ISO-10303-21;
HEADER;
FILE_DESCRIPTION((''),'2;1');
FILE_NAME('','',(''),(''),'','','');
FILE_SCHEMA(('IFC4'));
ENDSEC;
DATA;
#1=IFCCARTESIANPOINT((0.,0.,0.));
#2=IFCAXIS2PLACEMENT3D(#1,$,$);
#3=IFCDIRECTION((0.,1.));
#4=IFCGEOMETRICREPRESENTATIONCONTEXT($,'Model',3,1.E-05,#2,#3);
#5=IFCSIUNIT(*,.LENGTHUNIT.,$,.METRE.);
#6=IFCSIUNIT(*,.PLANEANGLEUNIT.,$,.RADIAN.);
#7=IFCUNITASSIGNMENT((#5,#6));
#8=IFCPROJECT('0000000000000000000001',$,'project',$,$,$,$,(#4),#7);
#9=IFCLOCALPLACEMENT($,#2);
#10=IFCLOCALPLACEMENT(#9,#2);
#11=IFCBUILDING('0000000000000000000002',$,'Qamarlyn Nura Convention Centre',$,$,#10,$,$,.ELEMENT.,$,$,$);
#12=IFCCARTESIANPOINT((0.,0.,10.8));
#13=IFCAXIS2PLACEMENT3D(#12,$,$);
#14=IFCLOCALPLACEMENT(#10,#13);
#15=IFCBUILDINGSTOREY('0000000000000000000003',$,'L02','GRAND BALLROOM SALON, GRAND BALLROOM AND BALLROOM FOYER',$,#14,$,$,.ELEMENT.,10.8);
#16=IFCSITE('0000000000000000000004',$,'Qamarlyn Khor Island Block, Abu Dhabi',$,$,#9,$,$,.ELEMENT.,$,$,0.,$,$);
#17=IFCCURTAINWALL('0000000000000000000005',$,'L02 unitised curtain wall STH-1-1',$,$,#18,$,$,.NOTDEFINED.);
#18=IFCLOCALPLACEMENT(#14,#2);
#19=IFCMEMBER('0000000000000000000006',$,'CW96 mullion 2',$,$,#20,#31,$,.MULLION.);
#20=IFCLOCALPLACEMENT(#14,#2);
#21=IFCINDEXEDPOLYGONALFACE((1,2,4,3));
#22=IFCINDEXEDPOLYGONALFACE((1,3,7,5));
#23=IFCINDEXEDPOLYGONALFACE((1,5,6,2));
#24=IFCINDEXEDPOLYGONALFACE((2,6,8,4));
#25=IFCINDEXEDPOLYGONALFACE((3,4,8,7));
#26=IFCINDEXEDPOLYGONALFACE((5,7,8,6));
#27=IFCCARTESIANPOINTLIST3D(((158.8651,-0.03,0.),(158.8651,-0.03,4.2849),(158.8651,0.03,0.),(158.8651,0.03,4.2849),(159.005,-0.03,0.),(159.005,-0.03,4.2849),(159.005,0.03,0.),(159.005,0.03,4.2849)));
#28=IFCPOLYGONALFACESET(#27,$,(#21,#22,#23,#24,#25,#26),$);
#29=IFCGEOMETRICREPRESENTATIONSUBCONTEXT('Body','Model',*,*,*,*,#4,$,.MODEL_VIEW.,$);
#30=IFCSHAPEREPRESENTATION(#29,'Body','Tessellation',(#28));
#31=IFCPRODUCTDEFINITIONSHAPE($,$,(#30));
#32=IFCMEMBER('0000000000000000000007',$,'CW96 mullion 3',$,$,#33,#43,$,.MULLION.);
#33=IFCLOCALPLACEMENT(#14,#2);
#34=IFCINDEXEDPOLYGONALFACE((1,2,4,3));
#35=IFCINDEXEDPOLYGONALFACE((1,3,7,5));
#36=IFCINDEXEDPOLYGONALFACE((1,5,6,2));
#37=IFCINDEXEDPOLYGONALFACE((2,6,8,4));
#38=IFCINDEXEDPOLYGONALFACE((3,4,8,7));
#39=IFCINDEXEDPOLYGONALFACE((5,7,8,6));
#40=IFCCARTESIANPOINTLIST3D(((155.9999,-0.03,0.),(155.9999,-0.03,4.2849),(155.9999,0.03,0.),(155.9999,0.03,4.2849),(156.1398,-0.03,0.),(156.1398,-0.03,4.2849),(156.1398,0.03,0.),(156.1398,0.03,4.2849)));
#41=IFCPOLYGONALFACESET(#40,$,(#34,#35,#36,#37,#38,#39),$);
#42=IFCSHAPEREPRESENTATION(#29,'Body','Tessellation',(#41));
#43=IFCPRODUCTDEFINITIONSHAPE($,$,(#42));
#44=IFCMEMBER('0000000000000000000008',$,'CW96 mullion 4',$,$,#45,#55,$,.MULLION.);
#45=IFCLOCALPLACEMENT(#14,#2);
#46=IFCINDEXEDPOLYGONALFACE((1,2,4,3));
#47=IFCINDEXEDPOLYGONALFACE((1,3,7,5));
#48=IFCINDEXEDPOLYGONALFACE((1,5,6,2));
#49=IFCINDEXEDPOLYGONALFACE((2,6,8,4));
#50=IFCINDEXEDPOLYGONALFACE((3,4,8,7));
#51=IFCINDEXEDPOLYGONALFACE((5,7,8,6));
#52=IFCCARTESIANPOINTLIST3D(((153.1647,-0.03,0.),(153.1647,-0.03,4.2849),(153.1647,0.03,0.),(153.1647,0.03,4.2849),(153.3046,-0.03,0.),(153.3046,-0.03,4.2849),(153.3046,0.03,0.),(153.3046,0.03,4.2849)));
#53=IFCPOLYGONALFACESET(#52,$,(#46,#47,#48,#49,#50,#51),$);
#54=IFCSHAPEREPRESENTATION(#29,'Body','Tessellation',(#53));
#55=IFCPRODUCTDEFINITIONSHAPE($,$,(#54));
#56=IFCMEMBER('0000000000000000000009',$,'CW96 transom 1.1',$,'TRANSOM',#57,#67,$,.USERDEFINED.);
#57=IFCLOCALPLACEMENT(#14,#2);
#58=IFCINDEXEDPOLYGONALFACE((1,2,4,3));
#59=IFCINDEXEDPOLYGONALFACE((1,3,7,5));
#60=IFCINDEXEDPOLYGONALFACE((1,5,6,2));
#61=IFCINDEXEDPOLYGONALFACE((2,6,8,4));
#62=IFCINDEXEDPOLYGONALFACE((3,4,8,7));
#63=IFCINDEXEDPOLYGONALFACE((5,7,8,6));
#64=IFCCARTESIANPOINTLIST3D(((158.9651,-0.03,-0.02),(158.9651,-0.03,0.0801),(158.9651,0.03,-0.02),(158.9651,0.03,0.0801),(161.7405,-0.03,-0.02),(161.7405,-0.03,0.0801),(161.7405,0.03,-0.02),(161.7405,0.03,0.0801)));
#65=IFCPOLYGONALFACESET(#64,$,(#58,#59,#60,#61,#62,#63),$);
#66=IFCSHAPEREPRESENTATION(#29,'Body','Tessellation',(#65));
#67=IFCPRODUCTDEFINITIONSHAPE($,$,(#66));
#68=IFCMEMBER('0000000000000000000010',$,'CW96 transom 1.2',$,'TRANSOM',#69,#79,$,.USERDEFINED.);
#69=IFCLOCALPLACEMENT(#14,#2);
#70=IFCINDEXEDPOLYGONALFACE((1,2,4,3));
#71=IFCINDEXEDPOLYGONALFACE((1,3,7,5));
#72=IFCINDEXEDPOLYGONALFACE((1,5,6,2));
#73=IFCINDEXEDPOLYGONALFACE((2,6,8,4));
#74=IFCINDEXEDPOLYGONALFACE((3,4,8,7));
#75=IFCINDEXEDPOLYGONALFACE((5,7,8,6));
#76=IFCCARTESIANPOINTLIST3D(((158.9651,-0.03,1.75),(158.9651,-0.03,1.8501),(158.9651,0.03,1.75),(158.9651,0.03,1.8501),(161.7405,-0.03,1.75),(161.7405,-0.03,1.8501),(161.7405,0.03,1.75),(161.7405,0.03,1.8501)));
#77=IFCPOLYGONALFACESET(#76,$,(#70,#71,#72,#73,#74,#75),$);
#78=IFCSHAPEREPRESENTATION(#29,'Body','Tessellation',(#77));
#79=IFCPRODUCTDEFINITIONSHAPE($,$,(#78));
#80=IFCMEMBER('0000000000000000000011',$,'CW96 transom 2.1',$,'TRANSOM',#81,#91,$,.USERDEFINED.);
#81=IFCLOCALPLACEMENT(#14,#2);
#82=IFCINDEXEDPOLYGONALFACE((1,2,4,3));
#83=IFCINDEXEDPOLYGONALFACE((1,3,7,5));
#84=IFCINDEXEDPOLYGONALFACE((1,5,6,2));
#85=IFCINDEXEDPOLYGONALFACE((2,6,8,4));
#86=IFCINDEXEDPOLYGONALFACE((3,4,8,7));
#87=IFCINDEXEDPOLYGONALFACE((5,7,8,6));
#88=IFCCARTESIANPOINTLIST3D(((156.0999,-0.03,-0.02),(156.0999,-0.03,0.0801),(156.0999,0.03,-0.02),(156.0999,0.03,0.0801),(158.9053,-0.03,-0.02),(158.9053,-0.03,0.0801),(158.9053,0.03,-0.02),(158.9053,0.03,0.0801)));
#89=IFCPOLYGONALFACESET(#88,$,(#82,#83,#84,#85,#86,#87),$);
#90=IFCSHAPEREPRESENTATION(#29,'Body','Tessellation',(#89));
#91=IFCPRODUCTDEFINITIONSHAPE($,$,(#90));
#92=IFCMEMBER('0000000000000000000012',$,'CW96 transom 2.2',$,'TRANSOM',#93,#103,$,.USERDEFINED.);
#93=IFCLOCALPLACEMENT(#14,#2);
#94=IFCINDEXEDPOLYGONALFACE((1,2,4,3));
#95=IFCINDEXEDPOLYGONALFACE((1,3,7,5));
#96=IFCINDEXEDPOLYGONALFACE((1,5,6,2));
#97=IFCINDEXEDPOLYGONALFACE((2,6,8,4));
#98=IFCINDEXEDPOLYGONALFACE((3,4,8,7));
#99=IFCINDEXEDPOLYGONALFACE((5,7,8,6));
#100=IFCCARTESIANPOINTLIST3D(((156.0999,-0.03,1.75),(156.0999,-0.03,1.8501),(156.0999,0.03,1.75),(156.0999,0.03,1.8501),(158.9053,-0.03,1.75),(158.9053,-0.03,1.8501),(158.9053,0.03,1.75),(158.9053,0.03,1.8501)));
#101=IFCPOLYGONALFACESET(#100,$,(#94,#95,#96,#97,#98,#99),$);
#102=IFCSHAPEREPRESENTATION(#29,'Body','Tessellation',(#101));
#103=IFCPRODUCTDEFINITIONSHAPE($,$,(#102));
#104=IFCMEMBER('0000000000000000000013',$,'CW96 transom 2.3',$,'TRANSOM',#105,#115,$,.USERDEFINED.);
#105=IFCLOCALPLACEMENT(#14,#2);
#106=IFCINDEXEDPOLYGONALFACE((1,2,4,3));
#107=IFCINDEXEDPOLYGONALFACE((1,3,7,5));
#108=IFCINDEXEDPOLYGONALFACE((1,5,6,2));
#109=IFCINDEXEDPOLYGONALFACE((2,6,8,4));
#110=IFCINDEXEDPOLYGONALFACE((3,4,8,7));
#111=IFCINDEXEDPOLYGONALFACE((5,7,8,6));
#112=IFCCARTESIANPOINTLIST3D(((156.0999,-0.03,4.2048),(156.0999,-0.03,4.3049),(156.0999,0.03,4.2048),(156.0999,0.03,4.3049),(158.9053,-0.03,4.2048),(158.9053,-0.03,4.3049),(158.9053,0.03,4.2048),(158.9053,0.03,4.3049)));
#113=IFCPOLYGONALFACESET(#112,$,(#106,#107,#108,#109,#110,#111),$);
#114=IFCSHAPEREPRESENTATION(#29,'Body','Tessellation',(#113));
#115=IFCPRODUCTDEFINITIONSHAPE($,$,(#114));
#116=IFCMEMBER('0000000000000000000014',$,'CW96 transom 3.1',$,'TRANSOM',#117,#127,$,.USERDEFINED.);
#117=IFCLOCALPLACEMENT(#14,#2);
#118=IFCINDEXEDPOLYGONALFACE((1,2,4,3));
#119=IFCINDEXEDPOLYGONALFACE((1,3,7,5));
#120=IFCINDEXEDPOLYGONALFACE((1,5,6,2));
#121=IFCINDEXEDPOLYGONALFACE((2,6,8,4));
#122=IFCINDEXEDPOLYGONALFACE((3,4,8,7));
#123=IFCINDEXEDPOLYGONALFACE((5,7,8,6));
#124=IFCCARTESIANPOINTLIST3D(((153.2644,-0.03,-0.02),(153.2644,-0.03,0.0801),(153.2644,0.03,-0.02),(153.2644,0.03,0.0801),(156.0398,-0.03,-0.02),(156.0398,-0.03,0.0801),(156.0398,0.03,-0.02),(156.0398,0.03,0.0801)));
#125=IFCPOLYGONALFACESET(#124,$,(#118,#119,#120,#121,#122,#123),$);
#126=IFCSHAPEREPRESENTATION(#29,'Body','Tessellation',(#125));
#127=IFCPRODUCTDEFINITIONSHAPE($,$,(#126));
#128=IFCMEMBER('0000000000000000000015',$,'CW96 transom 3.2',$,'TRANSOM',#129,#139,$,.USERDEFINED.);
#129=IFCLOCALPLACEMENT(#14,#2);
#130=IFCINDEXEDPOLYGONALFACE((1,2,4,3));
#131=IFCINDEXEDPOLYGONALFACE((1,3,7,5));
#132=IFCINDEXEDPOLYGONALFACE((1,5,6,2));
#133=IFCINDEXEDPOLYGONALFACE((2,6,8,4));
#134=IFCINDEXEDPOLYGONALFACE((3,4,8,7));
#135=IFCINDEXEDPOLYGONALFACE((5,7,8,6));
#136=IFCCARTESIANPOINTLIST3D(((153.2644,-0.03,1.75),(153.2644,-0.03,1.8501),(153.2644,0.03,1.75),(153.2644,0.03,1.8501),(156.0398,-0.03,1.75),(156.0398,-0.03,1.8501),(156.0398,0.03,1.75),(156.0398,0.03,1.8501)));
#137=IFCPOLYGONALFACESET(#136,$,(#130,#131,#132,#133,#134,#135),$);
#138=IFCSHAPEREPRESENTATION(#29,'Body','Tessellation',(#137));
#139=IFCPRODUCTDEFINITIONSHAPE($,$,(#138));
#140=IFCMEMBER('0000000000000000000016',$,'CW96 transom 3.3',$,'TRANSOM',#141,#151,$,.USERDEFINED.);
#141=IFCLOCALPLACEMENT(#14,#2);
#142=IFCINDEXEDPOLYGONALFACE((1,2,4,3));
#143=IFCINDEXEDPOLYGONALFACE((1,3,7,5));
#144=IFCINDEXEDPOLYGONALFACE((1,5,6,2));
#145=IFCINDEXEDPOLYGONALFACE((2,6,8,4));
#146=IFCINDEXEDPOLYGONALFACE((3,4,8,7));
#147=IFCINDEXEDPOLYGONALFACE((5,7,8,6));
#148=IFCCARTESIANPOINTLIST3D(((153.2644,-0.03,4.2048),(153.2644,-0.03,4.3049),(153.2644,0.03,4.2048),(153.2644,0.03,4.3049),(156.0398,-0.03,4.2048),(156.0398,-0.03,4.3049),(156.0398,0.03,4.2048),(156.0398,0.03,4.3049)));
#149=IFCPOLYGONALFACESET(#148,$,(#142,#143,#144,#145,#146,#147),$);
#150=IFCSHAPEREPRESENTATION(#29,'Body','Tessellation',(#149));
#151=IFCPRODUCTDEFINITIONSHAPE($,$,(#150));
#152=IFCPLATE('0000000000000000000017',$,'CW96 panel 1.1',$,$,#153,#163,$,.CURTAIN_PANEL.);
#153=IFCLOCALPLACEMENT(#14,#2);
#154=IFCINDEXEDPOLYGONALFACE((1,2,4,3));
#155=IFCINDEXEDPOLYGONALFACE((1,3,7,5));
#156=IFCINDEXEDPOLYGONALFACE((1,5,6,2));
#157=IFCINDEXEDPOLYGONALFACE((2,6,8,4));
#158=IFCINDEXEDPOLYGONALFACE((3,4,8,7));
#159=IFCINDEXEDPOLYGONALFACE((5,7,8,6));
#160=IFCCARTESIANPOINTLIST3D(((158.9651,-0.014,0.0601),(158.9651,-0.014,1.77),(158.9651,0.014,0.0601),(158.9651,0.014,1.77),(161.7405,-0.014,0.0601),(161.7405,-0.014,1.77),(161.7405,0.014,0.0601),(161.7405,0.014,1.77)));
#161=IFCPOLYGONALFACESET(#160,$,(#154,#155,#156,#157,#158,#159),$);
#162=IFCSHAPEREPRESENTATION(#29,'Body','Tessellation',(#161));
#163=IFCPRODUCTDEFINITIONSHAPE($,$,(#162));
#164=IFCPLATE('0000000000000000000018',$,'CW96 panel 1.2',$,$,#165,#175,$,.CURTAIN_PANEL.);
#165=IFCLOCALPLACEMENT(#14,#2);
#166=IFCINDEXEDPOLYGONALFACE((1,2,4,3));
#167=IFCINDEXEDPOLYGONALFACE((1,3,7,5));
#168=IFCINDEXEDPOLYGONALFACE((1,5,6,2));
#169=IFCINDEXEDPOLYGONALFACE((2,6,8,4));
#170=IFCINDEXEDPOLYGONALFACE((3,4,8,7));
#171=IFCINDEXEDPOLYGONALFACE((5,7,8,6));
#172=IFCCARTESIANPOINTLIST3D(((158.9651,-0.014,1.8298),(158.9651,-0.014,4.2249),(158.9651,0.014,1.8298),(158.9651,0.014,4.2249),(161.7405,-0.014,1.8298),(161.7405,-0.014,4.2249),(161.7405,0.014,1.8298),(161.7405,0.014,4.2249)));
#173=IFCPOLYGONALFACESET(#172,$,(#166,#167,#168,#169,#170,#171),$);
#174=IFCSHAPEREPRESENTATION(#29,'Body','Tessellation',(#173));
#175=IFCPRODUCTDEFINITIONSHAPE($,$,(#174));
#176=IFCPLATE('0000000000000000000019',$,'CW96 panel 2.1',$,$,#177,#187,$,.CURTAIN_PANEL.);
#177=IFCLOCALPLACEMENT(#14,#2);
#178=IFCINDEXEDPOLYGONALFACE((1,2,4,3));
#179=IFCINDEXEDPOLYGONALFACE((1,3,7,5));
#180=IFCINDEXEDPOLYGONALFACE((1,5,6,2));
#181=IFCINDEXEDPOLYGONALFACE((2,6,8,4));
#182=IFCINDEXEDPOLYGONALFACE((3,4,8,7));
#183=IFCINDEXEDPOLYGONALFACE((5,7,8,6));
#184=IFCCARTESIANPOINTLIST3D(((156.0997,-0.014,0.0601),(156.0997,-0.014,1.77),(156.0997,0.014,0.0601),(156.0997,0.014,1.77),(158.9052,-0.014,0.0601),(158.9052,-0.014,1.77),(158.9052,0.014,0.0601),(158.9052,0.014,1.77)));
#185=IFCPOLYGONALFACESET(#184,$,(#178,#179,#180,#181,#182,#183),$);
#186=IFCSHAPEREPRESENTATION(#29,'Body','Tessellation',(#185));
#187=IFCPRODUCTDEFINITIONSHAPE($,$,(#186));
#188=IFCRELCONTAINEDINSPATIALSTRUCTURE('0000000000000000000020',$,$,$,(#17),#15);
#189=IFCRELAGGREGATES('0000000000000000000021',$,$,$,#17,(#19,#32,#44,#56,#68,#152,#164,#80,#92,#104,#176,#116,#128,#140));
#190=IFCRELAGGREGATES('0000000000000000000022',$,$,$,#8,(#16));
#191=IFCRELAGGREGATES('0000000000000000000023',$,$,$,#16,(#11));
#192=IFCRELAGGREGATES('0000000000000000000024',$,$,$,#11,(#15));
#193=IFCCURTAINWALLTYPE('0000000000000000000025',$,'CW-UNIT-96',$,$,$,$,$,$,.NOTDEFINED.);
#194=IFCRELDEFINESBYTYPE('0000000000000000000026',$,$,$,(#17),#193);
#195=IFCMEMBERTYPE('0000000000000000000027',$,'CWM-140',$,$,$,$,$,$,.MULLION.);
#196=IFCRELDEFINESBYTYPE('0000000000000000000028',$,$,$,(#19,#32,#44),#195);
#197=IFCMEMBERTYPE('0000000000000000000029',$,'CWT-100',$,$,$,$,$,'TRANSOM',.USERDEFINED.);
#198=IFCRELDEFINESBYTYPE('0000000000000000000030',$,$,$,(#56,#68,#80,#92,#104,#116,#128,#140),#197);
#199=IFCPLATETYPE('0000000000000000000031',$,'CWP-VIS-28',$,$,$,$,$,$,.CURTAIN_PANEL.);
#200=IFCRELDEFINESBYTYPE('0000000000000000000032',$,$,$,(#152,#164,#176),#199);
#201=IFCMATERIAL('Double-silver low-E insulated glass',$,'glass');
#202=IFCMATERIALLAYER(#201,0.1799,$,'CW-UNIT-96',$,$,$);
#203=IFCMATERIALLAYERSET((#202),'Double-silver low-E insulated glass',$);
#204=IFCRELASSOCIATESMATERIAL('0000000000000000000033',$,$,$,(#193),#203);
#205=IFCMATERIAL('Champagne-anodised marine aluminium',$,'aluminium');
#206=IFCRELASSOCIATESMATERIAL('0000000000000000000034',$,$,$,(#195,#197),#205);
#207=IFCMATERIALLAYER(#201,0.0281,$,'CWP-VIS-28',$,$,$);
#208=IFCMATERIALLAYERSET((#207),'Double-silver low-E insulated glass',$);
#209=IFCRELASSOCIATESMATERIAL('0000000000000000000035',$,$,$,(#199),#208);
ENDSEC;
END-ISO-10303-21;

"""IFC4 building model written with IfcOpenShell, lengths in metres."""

from ifc_helpers import new_model, si_unit, direction, frame, origin, origin_2d, place, context, subcontext, project, spatial, rectangle, extrude, material, layer, layer_set, material_profile, profile_set, type_object, element, aggregate, save


model = new_model("IFC4")

# Units and contexts
model_context = context("Model", 3, precision=1e-05, world=origin(), true_north=direction((0.0, 1.0)))
body_context = subcontext(model_context, "Body", "Model", "MODEL_VIEW")
ifc_project = project(units=[si_unit("LENGTHUNIT", "METRE"), si_unit("PLANEANGLEUNIT", "RADIAN")], contexts=[model_context])

# Site, building, storey
site_placement = place(None, origin())
site = spatial("IfcSite", under=ifc_project, at=site_placement, Name="Qamarlyn Khor Island Block, Abu Dhabi", CompositionType="ELEMENT", RefElevation=0.0)
building_placement = place(site_placement, origin())
building = spatial("IfcBuilding", under=site, at=building_placement, Name="Qamarlyn Nura Convention Centre", CompositionType="ELEMENT")
storey_placement = place(building_placement, frame((0.0, 0.0, 10.8)))
storey = spatial("IfcBuildingStorey", under=building, at=storey_placement, Name="L02", Description="GRAND BALLROOM SALON, GRAND BALLROOM AND BALLROOM FOYER", CompositionType="ELEMENT", Elevation=10.8)

# Curtain wall, members, plates
ifc_material_1 = material(Name="Double-silver low-E insulated glass", Category="glass")
ifc_layer_1 = layer(ifc_material_1, 0.1799, Name="CW-UNIT-96")
ifc_layer_set_1 = layer_set([ifc_layer_1], Name="Double-silver low-E insulated glass")
curtain_wall_type = type_object("IfcCurtainWallType", Name="CW-UNIT-96", PredefinedType="NOTDEFINED", material=ifc_layer_set_1)
curtain_wall_placement = place(storey_placement, origin())
curtain_wall = element("IfcCurtainWall", 1, at=curtain_wall_placement, inside=storey, type_object=curtain_wall_type, Name="L02 unitised curtain wall STH-1-1", PredefinedType="NOTDEFINED")
ifc_material_2 = material(Name="Champagne-anodised marine aluminium", Category="aluminium")
ifc_material_profile_1 = material_profile(ifc_material_2, rectangle(XDim=0.0601, YDim=0.1399, at=origin_2d()), Name="ALU MULLION 60x140")
ifc_profile_set_1 = profile_set([ifc_material_profile_1], Name="Champagne-anodised marine aluminium")
member_type_1 = type_object("IfcMemberType", Name="CWM-140", PredefinedType="MULLION", material=ifc_profile_set_1)
member_1_placement = place(storey_placement, frame((158.9351, 0.0, 0.0), z_axis=(0.0, 0.0, 1.0), x_axis=(0.0, -1.0, 0.0)))
member_1 = element("IfcMember", 2, at=member_1_placement, type_object=member_type_1, Name="CW96 mullion 2", PredefinedType="MULLION", context=body_context, shape_type="SweptSolid", body=[
    extrude(rectangle(XDim=0.0601, YDim=0.1399, at=origin_2d()), origin(), (0.0, 0.0, 1.0), 4.2849),
])
member_2_placement = place(storey_placement, frame((156.0698, 0.0, 0.0), z_axis=(0.0, 0.0, 1.0), x_axis=(0.0, -1.0, 0.0)))
member_2 = element("IfcMember", 3, at=member_2_placement, type_object=member_type_1, Name="CW96 mullion 3", PredefinedType="MULLION", context=body_context, shape_type="SweptSolid", body=[
    extrude(rectangle(XDim=0.0601, YDim=0.1399, at=origin_2d()), origin(), (0.0, 0.0, 1.0), 4.2849),
])
member_3_placement = place(storey_placement, frame((153.2346, 0.0, 0.0), z_axis=(0.0, 0.0, 1.0), x_axis=(0.0, -1.0, 0.0)))
member_3 = element("IfcMember", 4, at=member_3_placement, type_object=member_type_1, Name="CW96 mullion 4", PredefinedType="MULLION", context=body_context, shape_type="SweptSolid", body=[
    extrude(rectangle(XDim=0.0601, YDim=0.1399, at=origin_2d()), origin(), (0.0, 0.0, 1.0), 4.2849),
])
ifc_material_profile_2 = material_profile(ifc_material_2, rectangle(XDim=0.0601, YDim=0.1001, at=origin_2d()), Name="ALU TRANSOM 60x100")
ifc_profile_set_2 = profile_set([ifc_material_profile_2], Name="Champagne-anodised marine aluminium")
member_type_2 = type_object("IfcMemberType", Name="CWT-100", ElementType="TRANSOM", PredefinedType="USERDEFINED", material=ifc_profile_set_2)
member_4_placement = place(storey_placement, frame((161.7405, 0.0, 0.03), z_axis=(-1.0, 0.0, 0.0), x_axis=(0.0, -1.0, 0.0)))
member_4 = element("IfcMember", 5, at=member_4_placement, type_object=member_type_2, Name="CW96 transom 1.1", ObjectType="TRANSOM", PredefinedType="USERDEFINED", context=body_context, shape_type="SweptSolid", body=[
    extrude(rectangle(XDim=0.0601, YDim=0.1001, at=origin_2d()), origin(), (0.0, 0.0, 1.0), 2.7754),
])
member_5_placement = place(storey_placement, frame((161.7405, 0.0, 1.8), z_axis=(-1.0, 0.0, 0.0), x_axis=(0.0, -1.0, 0.0)))
member_5 = element("IfcMember", 6, at=member_5_placement, type_object=member_type_2, Name="CW96 transom 1.2", ObjectType="TRANSOM", PredefinedType="USERDEFINED", context=body_context, shape_type="SweptSolid", body=[
    extrude(rectangle(XDim=0.0601, YDim=0.1001, at=origin_2d()), origin(), (0.0, 0.0, 1.0), 2.7754),
])
member_6_placement = place(storey_placement, frame((158.9053, 0.0, 0.03), z_axis=(-1.0, 0.0, 0.0), x_axis=(0.0, -1.0, 0.0)))
member_6 = element("IfcMember", 7, at=member_6_placement, type_object=member_type_2, Name="CW96 transom 2.1", ObjectType="TRANSOM", PredefinedType="USERDEFINED", context=body_context, shape_type="SweptSolid", body=[
    extrude(rectangle(XDim=0.0601, YDim=0.1001, at=origin_2d()), origin(), (0.0, 0.0, 1.0), 2.8054),
])
member_7_placement = place(storey_placement, frame((158.9053, 0.0, 1.8), z_axis=(-1.0, 0.0, 0.0), x_axis=(0.0, -1.0, 0.0)))
member_7 = element("IfcMember", 8, at=member_7_placement, type_object=member_type_2, Name="CW96 transom 2.2", ObjectType="TRANSOM", PredefinedType="USERDEFINED", context=body_context, shape_type="SweptSolid", body=[
    extrude(rectangle(XDim=0.0601, YDim=0.1001, at=origin_2d()), origin(), (0.0, 0.0, 1.0), 2.8054),
])
member_8_placement = place(storey_placement, frame((158.9053, 0.0, 4.2549), z_axis=(-1.0, 0.0, 0.0), x_axis=(0.0, -1.0, 0.0)))
member_8 = element("IfcMember", 9, at=member_8_placement, type_object=member_type_2, Name="CW96 transom 2.3", ObjectType="TRANSOM", PredefinedType="USERDEFINED", context=body_context, shape_type="SweptSolid", body=[
    extrude(rectangle(XDim=0.0601, YDim=0.1001, at=origin_2d()), origin(), (0.0, 0.0, 1.0), 2.8054),
])
member_9_placement = place(storey_placement, frame((156.0398, 0.0, 0.03), z_axis=(-1.0, 0.0, 0.0), x_axis=(0.0, -1.0, 0.0)))
member_9 = element("IfcMember", 10, at=member_9_placement, type_object=member_type_2, Name="CW96 transom 3.1", ObjectType="TRANSOM", PredefinedType="USERDEFINED", context=body_context, shape_type="SweptSolid", body=[
    extrude(rectangle(XDim=0.0601, YDim=0.1001, at=origin_2d()), origin(), (0.0, 0.0, 1.0), 2.7754),
])
member_10_placement = place(storey_placement, frame((156.0398, 0.0, 1.8), z_axis=(-1.0, 0.0, 0.0), x_axis=(0.0, -1.0, 0.0)))
member_10 = element("IfcMember", 11, at=member_10_placement, type_object=member_type_2, Name="CW96 transom 3.2", ObjectType="TRANSOM", PredefinedType="USERDEFINED", context=body_context, shape_type="SweptSolid", body=[
    extrude(rectangle(XDim=0.0601, YDim=0.1001, at=origin_2d()), origin(), (0.0, 0.0, 1.0), 2.7754),
])
member_11_placement = place(storey_placement, frame((156.0398, 0.0, 4.2549), z_axis=(-1.0, 0.0, 0.0), x_axis=(0.0, -1.0, 0.0)))
member_11 = element("IfcMember", 12, at=member_11_placement, type_object=member_type_2, Name="CW96 transom 3.3", ObjectType="TRANSOM", PredefinedType="USERDEFINED", context=body_context, shape_type="SweptSolid", body=[
    extrude(rectangle(XDim=0.0601, YDim=0.1001, at=origin_2d()), origin(), (0.0, 0.0, 1.0), 2.7754),
])
ifc_layer_2 = layer(ifc_material_1, 0.0281, Name="CWP-VIS-28")
ifc_layer_set_2 = layer_set([ifc_layer_2], Name="Double-silver low-E insulated glass")
plate_type = type_object("IfcPlateType", Name="CWP-VIS-28", PredefinedType="CURTAIN_PANEL", material=ifc_layer_set_2)
plate_1_placement = place(storey_placement, frame((160.3528, 0.0, 0.0601), z_axis=(0.0, 0.0, 1.0), x_axis=(-1.0, 0.0, 0.0)))
plate_1 = element("IfcPlate", 13, at=plate_1_placement, type_object=plate_type, Name="CW96 panel 1.1", PredefinedType="CURTAIN_PANEL", context=body_context, shape_type="SweptSolid", body=[
    extrude(rectangle(XDim=2.7754, YDim=0.0281, at=origin_2d()), origin(), (0.0, 0.0, 1.0), 1.71),
])
plate_2_placement = place(storey_placement, frame((160.3528, 0.0, 1.8298), z_axis=(0.0, 0.0, 1.0), x_axis=(-1.0, 0.0, 0.0)))
plate_2 = element("IfcPlate", 14, at=plate_2_placement, type_object=plate_type, Name="CW96 panel 1.2", PredefinedType="CURTAIN_PANEL", context=body_context, shape_type="SweptSolid", body=[
    extrude(rectangle(XDim=2.7754, YDim=0.0281, at=origin_2d()), origin(), (0.0, 0.0, 1.0), 2.395),
])
plate_3_placement = place(storey_placement, frame((157.5024, 0.0, 0.0601), z_axis=(0.0, 0.0, 1.0), x_axis=(-1.0, 0.0, 0.0)))
plate_3 = element("IfcPlate", 15, at=plate_3_placement, type_object=plate_type, Name="CW96 panel 2.1", PredefinedType="CURTAIN_PANEL", context=body_context, shape_type="SweptSolid", body=[
    extrude(rectangle(XDim=2.8054, YDim=0.0281, at=origin_2d()), origin(), (0.0, 0.0, 1.0), 1.71),
])
aggregate(curtain_wall, [member_1, member_2, member_3, member_4, member_5, plate_1, plate_2, member_6, member_7, member_8, plate_3, member_9, member_10, member_11])

save(model, "model.ifc")
